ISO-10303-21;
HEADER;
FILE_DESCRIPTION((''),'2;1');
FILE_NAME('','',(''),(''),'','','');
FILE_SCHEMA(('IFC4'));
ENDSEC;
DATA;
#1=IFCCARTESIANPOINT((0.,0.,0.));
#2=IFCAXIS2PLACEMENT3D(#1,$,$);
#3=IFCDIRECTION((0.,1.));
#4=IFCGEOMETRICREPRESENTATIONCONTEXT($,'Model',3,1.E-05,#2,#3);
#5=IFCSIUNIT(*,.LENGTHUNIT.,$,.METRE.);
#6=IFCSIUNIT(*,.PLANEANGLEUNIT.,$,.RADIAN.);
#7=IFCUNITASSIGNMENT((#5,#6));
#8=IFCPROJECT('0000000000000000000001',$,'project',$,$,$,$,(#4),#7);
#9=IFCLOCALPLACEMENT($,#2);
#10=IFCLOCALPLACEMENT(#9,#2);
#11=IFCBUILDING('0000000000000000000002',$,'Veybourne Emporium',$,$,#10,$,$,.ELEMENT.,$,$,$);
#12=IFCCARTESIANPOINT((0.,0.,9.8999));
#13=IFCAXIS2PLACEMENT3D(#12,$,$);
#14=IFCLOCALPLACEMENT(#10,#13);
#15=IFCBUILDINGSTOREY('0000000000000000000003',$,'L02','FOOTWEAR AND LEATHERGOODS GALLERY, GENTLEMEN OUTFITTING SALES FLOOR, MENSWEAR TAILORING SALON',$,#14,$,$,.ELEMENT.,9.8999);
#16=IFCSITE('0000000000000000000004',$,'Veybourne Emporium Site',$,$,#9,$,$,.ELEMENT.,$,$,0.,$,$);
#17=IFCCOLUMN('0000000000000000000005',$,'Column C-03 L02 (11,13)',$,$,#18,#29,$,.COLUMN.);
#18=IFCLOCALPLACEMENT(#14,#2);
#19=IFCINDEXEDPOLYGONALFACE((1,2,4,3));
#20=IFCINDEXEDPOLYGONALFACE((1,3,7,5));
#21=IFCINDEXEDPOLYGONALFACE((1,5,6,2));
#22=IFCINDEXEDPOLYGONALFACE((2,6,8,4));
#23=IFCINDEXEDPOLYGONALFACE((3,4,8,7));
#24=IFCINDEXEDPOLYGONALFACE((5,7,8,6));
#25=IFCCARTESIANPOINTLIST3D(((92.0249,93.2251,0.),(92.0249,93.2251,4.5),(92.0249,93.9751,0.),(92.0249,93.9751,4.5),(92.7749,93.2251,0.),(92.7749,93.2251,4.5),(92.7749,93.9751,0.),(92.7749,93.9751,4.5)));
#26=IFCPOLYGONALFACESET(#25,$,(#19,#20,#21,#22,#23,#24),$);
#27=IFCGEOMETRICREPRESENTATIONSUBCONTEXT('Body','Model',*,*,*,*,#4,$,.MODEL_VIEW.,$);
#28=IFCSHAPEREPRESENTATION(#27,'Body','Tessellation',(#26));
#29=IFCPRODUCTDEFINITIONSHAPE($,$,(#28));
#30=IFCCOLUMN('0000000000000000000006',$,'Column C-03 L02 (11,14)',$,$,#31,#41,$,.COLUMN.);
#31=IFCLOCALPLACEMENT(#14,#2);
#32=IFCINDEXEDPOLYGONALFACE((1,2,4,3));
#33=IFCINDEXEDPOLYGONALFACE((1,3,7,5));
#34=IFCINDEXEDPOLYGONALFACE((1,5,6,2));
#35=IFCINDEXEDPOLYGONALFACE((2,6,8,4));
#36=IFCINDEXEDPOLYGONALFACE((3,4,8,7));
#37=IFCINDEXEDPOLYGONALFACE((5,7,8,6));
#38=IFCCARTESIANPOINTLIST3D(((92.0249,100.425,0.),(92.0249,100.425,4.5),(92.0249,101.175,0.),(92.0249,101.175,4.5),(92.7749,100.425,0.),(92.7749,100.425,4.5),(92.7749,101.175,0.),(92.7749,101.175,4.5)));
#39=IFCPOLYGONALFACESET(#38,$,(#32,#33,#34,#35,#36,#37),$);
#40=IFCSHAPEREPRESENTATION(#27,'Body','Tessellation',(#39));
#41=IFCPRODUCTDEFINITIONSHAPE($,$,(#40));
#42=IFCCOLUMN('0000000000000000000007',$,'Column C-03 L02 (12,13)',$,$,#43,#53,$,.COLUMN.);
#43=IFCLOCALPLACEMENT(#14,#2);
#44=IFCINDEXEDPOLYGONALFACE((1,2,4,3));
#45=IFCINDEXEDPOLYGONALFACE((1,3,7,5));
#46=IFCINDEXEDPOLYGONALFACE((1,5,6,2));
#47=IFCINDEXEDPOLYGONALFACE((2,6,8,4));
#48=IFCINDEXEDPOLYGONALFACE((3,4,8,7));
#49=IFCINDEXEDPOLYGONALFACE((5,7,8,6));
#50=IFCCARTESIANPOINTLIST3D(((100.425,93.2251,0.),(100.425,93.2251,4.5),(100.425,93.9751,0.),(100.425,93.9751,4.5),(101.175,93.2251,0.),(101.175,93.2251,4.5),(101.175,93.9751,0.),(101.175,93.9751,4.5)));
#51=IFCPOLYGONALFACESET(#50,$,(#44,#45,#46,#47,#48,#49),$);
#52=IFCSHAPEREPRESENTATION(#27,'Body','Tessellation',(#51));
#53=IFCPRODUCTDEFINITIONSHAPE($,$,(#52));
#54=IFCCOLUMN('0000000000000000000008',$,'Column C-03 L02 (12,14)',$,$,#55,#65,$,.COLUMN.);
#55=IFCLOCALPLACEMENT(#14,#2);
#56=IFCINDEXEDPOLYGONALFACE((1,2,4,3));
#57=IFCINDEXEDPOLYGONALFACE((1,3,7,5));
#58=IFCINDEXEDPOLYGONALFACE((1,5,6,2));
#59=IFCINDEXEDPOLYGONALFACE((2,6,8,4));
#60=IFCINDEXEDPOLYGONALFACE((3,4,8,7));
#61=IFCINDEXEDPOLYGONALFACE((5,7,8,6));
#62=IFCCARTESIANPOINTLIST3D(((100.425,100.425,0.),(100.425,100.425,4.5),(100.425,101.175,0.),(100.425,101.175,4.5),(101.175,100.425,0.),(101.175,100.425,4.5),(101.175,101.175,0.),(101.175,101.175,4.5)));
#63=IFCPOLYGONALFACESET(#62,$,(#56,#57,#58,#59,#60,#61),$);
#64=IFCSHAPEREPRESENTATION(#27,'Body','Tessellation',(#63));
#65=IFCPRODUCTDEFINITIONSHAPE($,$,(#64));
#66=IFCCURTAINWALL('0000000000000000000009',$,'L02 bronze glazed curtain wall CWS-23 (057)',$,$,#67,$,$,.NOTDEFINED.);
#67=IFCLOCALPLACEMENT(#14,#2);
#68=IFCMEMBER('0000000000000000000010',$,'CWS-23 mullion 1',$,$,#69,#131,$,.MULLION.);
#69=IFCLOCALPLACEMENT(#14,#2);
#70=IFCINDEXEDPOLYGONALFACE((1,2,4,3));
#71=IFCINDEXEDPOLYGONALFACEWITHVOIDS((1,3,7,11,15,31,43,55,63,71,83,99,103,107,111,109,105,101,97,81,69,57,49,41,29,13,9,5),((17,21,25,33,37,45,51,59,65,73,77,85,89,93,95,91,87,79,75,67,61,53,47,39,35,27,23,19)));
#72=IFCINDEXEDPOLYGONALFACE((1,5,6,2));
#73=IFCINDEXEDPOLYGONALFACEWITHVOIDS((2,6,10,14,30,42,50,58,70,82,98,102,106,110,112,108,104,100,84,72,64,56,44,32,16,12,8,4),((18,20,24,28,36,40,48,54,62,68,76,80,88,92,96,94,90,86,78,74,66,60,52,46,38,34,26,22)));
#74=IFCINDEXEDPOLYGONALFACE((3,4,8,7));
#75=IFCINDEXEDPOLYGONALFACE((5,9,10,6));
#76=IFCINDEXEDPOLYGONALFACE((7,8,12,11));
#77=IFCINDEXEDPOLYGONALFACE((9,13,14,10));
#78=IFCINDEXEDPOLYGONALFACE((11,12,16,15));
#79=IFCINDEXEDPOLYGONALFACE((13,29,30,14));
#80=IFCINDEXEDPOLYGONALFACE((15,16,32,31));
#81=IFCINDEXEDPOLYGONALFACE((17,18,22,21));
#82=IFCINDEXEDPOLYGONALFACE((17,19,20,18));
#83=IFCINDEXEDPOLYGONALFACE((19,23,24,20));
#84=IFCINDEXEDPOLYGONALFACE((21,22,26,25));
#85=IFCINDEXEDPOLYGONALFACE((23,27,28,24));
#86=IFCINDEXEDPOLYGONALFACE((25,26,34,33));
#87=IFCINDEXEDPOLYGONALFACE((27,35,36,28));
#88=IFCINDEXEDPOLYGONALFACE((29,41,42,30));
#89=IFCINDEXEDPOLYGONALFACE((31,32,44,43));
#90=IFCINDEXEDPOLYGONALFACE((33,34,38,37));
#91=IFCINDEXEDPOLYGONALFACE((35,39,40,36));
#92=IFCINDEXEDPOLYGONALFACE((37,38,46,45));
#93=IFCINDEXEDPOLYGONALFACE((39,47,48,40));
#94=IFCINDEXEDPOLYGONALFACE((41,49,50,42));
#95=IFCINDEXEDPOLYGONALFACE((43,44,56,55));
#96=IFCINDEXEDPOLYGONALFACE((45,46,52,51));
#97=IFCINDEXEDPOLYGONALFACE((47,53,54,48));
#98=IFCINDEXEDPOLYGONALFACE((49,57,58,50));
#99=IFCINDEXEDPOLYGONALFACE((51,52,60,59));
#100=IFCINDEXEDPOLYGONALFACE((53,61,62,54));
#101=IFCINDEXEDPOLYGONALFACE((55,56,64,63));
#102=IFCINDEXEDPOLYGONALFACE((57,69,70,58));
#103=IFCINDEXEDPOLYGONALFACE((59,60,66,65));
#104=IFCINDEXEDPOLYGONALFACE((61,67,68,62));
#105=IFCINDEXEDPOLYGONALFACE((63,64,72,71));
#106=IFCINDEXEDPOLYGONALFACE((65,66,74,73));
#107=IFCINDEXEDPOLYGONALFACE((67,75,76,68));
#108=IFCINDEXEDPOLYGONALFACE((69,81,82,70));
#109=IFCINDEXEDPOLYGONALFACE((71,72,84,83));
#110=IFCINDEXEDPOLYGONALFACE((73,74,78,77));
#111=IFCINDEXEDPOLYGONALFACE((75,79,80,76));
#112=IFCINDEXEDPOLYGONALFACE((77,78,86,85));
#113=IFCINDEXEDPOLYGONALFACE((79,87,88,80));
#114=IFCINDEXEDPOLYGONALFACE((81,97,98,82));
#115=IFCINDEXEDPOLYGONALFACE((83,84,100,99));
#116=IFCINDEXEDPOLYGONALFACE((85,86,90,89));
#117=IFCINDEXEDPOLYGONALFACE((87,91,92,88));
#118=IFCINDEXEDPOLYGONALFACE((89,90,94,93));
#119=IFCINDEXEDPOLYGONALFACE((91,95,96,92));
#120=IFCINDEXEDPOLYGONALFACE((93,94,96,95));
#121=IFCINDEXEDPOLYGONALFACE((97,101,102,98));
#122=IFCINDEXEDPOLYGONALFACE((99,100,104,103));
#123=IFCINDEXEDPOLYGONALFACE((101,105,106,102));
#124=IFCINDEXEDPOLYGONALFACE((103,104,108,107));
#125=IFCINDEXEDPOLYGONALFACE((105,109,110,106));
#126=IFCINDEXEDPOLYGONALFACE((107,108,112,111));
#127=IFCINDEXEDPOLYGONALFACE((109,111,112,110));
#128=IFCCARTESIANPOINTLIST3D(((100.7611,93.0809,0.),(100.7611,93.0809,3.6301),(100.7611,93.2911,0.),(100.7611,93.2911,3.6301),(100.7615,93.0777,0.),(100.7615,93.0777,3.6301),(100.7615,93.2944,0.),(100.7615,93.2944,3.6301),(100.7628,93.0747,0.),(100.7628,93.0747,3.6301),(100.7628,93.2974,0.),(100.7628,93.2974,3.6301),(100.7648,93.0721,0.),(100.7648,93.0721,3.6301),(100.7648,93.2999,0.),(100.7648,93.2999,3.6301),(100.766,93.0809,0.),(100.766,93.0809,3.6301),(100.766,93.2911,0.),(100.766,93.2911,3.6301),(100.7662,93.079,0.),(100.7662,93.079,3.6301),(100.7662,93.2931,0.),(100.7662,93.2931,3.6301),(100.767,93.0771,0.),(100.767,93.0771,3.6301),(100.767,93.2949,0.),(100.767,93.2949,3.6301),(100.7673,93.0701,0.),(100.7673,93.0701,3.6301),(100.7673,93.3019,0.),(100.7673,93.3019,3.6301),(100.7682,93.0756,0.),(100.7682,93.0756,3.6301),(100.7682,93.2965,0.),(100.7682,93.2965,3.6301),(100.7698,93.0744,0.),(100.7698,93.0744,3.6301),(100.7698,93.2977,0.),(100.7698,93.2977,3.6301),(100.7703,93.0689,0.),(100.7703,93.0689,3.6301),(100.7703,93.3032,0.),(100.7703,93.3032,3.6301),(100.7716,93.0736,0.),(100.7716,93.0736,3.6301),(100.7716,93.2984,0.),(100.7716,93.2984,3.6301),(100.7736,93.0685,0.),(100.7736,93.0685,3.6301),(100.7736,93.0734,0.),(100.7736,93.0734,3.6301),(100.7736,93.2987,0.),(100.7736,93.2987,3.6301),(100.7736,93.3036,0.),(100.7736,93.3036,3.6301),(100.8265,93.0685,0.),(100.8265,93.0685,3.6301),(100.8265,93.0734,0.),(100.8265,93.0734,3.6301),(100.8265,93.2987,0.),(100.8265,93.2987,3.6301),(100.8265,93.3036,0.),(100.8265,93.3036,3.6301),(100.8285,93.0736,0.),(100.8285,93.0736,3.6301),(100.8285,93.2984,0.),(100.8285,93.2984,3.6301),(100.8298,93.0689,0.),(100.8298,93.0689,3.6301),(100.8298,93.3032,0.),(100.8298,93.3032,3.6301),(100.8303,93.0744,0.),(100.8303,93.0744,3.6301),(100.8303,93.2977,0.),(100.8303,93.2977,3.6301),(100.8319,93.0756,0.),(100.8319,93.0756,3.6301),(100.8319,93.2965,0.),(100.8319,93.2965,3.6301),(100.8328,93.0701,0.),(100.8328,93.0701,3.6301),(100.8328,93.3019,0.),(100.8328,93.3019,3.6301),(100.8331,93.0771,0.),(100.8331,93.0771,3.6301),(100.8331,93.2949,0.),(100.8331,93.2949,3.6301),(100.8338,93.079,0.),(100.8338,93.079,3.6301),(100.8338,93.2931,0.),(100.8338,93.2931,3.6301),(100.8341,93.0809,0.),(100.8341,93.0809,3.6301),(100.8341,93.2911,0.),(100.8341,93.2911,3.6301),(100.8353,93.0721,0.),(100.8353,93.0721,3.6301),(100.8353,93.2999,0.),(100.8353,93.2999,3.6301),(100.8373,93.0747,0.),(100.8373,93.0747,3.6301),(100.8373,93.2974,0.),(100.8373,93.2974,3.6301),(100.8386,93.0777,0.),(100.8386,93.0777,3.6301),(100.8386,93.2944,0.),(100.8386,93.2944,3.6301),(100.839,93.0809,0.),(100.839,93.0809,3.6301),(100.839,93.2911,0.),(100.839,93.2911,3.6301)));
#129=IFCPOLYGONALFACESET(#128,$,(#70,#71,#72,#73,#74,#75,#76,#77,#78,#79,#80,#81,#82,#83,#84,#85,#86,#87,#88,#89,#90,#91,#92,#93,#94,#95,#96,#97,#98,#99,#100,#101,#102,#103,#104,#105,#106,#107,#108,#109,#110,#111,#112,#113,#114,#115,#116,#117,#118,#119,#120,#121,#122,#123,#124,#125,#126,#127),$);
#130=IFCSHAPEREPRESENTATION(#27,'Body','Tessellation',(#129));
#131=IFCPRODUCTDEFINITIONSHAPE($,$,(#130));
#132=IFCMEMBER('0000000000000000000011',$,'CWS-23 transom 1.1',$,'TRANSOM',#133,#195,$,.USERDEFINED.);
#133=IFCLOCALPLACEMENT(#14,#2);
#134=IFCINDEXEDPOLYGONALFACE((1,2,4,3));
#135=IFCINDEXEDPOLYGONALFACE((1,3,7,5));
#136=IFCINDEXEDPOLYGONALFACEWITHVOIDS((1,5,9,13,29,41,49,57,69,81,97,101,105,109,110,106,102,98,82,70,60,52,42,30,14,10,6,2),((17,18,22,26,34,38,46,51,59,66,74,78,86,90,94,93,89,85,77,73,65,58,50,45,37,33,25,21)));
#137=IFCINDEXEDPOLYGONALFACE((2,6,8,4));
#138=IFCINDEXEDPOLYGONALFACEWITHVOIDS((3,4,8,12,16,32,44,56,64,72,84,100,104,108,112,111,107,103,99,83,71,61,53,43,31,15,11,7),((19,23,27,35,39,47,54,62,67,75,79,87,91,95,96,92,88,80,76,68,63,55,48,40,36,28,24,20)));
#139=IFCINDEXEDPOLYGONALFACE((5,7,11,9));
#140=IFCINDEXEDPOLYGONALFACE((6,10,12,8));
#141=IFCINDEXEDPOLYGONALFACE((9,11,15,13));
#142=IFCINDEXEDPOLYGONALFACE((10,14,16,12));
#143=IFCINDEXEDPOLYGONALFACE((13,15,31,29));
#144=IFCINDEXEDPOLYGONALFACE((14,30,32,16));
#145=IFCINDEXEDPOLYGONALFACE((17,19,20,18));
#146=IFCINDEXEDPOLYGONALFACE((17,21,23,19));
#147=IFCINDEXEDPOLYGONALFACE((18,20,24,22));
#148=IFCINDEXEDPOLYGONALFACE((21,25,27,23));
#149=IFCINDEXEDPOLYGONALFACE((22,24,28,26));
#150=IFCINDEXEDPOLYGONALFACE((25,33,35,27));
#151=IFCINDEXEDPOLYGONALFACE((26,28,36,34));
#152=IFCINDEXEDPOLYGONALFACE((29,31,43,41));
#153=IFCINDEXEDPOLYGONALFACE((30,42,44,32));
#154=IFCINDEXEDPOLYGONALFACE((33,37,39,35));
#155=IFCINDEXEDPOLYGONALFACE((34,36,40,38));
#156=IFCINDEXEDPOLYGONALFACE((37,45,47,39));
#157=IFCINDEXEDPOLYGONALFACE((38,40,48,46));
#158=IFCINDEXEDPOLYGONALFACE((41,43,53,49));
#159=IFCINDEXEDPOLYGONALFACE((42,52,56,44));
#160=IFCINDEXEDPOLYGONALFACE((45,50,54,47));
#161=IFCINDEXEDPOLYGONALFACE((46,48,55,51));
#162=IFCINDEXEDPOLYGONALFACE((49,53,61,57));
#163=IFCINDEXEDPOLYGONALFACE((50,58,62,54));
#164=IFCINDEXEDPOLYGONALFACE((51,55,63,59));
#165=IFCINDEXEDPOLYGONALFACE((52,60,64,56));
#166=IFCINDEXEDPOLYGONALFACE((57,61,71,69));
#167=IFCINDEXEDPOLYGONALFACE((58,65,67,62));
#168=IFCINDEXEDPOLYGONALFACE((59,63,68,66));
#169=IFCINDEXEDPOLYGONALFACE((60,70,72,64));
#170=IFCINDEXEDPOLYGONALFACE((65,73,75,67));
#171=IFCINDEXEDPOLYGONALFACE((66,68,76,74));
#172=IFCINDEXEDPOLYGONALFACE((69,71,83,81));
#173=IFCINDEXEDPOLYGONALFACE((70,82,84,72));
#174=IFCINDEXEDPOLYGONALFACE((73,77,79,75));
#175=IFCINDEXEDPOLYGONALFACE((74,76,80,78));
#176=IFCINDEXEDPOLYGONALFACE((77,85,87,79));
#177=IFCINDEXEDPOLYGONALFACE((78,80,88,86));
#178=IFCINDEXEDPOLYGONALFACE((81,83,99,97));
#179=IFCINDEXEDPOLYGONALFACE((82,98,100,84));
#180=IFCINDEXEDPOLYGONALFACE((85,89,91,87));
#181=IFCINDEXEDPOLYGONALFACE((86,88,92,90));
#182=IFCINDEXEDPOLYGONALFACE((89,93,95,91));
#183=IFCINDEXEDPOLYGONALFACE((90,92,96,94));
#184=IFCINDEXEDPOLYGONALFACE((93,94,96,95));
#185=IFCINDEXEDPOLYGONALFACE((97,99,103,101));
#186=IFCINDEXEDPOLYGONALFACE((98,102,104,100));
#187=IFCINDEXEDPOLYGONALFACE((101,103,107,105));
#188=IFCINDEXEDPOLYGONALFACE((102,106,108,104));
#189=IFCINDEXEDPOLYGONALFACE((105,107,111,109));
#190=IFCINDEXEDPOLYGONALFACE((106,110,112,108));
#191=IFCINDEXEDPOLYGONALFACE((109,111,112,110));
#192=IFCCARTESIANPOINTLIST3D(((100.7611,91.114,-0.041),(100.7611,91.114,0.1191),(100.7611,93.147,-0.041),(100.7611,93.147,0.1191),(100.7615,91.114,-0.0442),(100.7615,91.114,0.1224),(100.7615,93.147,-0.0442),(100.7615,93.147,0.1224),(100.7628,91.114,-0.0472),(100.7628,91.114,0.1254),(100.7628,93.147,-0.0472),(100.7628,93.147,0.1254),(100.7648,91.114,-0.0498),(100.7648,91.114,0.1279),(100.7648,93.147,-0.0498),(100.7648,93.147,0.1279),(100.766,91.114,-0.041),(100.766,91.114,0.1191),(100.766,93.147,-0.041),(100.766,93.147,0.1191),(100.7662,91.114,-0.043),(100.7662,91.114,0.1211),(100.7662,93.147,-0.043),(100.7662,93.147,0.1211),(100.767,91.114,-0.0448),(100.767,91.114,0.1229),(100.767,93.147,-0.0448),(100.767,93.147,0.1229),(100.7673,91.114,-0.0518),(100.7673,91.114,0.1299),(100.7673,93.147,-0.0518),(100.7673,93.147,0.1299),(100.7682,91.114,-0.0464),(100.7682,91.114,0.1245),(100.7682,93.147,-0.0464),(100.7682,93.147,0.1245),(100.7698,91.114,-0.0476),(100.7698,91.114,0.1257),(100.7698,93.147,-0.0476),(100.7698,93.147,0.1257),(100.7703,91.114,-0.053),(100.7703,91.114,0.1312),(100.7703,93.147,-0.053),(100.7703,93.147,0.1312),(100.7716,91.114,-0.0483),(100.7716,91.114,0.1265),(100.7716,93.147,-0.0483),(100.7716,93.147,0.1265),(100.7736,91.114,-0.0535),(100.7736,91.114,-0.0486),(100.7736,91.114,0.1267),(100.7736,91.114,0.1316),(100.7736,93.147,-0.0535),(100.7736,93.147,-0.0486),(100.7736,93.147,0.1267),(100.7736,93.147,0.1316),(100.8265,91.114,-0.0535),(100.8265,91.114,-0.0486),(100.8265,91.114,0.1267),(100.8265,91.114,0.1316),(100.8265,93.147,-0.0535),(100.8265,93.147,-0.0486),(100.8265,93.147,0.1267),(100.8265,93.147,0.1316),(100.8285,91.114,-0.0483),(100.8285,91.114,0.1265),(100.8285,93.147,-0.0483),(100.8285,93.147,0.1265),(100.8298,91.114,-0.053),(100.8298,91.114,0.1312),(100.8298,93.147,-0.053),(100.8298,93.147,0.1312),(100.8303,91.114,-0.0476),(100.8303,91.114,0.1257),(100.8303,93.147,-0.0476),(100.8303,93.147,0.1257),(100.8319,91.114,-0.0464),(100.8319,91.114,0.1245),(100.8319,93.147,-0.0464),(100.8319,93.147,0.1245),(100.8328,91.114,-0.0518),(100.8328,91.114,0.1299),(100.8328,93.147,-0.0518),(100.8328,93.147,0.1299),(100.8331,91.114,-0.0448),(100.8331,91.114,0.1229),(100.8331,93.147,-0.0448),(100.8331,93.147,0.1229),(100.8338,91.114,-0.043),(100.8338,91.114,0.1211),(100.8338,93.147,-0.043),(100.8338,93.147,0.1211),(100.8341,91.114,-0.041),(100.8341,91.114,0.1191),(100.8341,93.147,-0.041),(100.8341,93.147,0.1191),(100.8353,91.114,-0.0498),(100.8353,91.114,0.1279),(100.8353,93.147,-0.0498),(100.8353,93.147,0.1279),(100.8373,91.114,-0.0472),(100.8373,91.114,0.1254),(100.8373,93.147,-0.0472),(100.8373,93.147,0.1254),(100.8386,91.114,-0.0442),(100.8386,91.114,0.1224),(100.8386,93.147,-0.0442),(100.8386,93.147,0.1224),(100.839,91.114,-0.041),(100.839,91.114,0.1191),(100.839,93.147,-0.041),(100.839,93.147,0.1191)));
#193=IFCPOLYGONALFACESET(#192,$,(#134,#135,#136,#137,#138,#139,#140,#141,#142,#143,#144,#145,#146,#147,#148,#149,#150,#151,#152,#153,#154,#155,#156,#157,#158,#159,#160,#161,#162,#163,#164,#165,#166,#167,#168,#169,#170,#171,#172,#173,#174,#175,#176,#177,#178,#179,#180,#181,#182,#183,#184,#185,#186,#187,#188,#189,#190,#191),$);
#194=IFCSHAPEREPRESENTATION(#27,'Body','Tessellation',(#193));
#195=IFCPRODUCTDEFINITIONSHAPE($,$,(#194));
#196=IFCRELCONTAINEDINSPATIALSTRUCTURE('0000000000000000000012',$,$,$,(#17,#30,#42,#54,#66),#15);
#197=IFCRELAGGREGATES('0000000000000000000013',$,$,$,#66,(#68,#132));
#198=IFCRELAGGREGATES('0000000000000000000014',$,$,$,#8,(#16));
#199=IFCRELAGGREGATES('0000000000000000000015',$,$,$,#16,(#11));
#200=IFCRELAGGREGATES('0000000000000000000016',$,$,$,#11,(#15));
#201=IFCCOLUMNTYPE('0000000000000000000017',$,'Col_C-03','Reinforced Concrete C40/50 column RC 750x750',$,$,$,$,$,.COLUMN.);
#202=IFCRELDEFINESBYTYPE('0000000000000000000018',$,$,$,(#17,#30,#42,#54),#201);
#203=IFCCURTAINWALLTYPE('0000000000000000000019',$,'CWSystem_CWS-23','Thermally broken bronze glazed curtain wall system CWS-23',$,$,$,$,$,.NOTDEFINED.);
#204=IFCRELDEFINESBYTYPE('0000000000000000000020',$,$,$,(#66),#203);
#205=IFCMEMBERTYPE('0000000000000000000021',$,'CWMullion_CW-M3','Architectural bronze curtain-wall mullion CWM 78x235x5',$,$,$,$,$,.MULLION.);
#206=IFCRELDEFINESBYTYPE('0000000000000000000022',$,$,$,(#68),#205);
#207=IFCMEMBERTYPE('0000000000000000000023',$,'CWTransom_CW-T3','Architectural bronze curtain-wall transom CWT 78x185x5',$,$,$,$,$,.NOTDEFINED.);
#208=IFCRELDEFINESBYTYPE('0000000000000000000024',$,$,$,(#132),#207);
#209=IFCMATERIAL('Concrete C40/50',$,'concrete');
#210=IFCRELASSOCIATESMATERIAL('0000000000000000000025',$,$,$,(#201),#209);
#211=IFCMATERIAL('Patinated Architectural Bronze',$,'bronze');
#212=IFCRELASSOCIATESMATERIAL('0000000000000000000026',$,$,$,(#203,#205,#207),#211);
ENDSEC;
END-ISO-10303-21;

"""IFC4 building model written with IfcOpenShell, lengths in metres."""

from ifc_helpers import new_model, si_unit, direction, frame, origin, origin_2d, place, context, subcontext, project, spatial, rectangle, hollow_rectangle, extrude, material, material_profile, profile_set, type_object, element, aggregate, save


model = new_model("IFC4")

# Units and contexts
model_context = context("Model", 3, precision=1e-05, world=origin(), true_north=direction((0.0, 1.0)))
body_context = subcontext(model_context, "Body", "Model", "MODEL_VIEW")
ifc_project = project(units=[si_unit("LENGTHUNIT", "METRE"), si_unit("PLANEANGLEUNIT", "RADIAN")], contexts=[model_context])

# Site, building, storey
site_placement = place(None, origin())
site = spatial("IfcSite", under=ifc_project, at=site_placement, Name="Veybourne Emporium Site", CompositionType="ELEMENT", RefElevation=0.0)
building_placement = place(site_placement, origin())
building = spatial("IfcBuilding", under=site, at=building_placement, Name="Veybourne Emporium", CompositionType="ELEMENT")
storey_placement = place(building_placement, frame((0.0, 0.0, 9.8999)))
storey = spatial("IfcBuildingStorey", under=building, at=storey_placement, Name="L02", Description="FOOTWEAR AND LEATHERGOODS GALLERY, GENTLEMEN OUTFITTING SALES FLOOR, MENSWEAR TAILORING SALON", CompositionType="ELEMENT", Elevation=9.8999)

# Columns
ifc_material_1 = material(Name="Concrete C40/50", Category="concrete")
ifc_material_profile_1 = material_profile(ifc_material_1, rectangle(XDim=0.75, YDim=0.75, at=origin_2d()), Name="RC 750x750")
ifc_profile_set_1 = profile_set([ifc_material_profile_1], Name="Concrete C40/50")
column_type = type_object("IfcColumnType", Name="Col_C-03", Description="Reinforced Concrete C40/50 column RC 750x750", PredefinedType="COLUMN", material=ifc_profile_set_1)
for number, where, z_axis, x_axis, name in (
    (1, (92.3999, 93.6001, 0.0), (0.0, 0.0, 1.0), (1.0, 0.0, 0.0), "Column C-03 L02 (11,13)"),
    (2, (92.3999, 100.8, 0.0), (0.0, 0.0, 1.0), (1.0, 0.0, 0.0), "Column C-03 L02 (11,14)"),
    (3, (100.8, 93.6001, 0.0), (0.0, 0.0, 1.0), (1.0, 0.0, 0.0), "Column C-03 L02 (12,13)"),
    (4, (100.8, 100.8, 0.0), (0.0, 0.0, 1.0), (1.0, 0.0, 0.0), "Column C-03 L02 (12,14)"),
):
    element("IfcColumn", number, at=place(storey_placement, frame(where, z_axis=z_axis, x_axis=x_axis)), inside=storey, type_object=column_type, Name=name, PredefinedType="COLUMN", context=body_context, shape_type="SweptSolid", body=[
        extrude(rectangle(XDim=0.75, YDim=0.75, at=origin_2d()), origin(), (0.0, 0.0, 1.0), 4.5),
    ])

# Curtain wall, members
ifc_material_2 = material(Name="Patinated Architectural Bronze", Category="bronze")
curtain_wall_type = type_object("IfcCurtainWallType", Name="CWSystem_CWS-23", Description="Thermally broken bronze glazed curtain wall system CWS-23", PredefinedType="NOTDEFINED", material=ifc_material_2)
curtain_wall_placement = place(storey_placement, origin())
curtain_wall = element("IfcCurtainWall", 5, at=curtain_wall_placement, inside=storey, type_object=curtain_wall_type, Name="L02 bronze glazed curtain wall CWS-23 (057)", PredefinedType="NOTDEFINED")
ifc_material_profile_2 = material_profile(ifc_material_2, hollow_rectangle(XDim=0.0779, YDim=0.2351, WallThickness=0.0049, InnerFilletRadius=0.0076, OuterFilletRadius=0.0125, at=origin_2d()), Name="CWM 78x235x5")
ifc_profile_set_2 = profile_set([ifc_material_profile_2], Name="Patinated Architectural Bronze")
member_type_1 = type_object("IfcMemberType", Name="CWMullion_CW-M3", Description="Architectural bronze curtain-wall mullion CWM 78x235x5", PredefinedType="MULLION", material=ifc_profile_set_2)
member_1_placement = place(storey_placement, frame((100.8, 93.186, 0.0), z_axis=(0.0, 0.0, 1.0), x_axis=(1.0, 0.0, 0.0)))
member_1 = element("IfcMember", 6, at=member_1_placement, type_object=member_type_1, Name="CWS-23 mullion 1", PredefinedType="MULLION", context=body_context, shape_type="SweptSolid", body=[
    extrude(hollow_rectangle(XDim=0.0779, YDim=0.2351, WallThickness=0.0049, InnerFilletRadius=0.0076, OuterFilletRadius=0.0125, at=origin_2d()), origin(), (0.0, 0.0, 1.0), 3.6301),
])
ifc_material_profile_3 = material_profile(ifc_material_2, hollow_rectangle(XDim=0.0779, YDim=0.1851, WallThickness=0.0049, InnerFilletRadius=0.0076, OuterFilletRadius=0.0125, at=origin_2d()), Name="CWT 78x185x5")
ifc_profile_set_3 = profile_set([ifc_material_profile_3], Name="Patinated Architectural Bronze")
member_type_2 = type_object("IfcMemberType", Name="CWTransom_CW-T3", Description="Architectural bronze curtain-wall transom CWT 78x185x5", PredefinedType="NOTDEFINED", material=ifc_profile_set_3)
member_2_placement = place(storey_placement, frame((100.8, 93.147, 0.0391), z_axis=(0.0, -1.0, 0.0), x_axis=(1.0, 0.0, 0.0)))
member_2 = element("IfcMember", 7, at=member_2_placement, type_object=member_type_2, Name="CWS-23 transom 1.1", ObjectType="TRANSOM", PredefinedType="USERDEFINED", context=body_context, shape_type="SweptSolid", body=[
    extrude(hollow_rectangle(XDim=0.0779, YDim=0.1851, WallThickness=0.0049, InnerFilletRadius=0.0076, OuterFilletRadius=0.0125, at=origin_2d()), origin(), (0.0, 0.0, 1.0), 2.033),
])
aggregate(curtain_wall, [member_1, member_2])

save(model, "model.ifc")
